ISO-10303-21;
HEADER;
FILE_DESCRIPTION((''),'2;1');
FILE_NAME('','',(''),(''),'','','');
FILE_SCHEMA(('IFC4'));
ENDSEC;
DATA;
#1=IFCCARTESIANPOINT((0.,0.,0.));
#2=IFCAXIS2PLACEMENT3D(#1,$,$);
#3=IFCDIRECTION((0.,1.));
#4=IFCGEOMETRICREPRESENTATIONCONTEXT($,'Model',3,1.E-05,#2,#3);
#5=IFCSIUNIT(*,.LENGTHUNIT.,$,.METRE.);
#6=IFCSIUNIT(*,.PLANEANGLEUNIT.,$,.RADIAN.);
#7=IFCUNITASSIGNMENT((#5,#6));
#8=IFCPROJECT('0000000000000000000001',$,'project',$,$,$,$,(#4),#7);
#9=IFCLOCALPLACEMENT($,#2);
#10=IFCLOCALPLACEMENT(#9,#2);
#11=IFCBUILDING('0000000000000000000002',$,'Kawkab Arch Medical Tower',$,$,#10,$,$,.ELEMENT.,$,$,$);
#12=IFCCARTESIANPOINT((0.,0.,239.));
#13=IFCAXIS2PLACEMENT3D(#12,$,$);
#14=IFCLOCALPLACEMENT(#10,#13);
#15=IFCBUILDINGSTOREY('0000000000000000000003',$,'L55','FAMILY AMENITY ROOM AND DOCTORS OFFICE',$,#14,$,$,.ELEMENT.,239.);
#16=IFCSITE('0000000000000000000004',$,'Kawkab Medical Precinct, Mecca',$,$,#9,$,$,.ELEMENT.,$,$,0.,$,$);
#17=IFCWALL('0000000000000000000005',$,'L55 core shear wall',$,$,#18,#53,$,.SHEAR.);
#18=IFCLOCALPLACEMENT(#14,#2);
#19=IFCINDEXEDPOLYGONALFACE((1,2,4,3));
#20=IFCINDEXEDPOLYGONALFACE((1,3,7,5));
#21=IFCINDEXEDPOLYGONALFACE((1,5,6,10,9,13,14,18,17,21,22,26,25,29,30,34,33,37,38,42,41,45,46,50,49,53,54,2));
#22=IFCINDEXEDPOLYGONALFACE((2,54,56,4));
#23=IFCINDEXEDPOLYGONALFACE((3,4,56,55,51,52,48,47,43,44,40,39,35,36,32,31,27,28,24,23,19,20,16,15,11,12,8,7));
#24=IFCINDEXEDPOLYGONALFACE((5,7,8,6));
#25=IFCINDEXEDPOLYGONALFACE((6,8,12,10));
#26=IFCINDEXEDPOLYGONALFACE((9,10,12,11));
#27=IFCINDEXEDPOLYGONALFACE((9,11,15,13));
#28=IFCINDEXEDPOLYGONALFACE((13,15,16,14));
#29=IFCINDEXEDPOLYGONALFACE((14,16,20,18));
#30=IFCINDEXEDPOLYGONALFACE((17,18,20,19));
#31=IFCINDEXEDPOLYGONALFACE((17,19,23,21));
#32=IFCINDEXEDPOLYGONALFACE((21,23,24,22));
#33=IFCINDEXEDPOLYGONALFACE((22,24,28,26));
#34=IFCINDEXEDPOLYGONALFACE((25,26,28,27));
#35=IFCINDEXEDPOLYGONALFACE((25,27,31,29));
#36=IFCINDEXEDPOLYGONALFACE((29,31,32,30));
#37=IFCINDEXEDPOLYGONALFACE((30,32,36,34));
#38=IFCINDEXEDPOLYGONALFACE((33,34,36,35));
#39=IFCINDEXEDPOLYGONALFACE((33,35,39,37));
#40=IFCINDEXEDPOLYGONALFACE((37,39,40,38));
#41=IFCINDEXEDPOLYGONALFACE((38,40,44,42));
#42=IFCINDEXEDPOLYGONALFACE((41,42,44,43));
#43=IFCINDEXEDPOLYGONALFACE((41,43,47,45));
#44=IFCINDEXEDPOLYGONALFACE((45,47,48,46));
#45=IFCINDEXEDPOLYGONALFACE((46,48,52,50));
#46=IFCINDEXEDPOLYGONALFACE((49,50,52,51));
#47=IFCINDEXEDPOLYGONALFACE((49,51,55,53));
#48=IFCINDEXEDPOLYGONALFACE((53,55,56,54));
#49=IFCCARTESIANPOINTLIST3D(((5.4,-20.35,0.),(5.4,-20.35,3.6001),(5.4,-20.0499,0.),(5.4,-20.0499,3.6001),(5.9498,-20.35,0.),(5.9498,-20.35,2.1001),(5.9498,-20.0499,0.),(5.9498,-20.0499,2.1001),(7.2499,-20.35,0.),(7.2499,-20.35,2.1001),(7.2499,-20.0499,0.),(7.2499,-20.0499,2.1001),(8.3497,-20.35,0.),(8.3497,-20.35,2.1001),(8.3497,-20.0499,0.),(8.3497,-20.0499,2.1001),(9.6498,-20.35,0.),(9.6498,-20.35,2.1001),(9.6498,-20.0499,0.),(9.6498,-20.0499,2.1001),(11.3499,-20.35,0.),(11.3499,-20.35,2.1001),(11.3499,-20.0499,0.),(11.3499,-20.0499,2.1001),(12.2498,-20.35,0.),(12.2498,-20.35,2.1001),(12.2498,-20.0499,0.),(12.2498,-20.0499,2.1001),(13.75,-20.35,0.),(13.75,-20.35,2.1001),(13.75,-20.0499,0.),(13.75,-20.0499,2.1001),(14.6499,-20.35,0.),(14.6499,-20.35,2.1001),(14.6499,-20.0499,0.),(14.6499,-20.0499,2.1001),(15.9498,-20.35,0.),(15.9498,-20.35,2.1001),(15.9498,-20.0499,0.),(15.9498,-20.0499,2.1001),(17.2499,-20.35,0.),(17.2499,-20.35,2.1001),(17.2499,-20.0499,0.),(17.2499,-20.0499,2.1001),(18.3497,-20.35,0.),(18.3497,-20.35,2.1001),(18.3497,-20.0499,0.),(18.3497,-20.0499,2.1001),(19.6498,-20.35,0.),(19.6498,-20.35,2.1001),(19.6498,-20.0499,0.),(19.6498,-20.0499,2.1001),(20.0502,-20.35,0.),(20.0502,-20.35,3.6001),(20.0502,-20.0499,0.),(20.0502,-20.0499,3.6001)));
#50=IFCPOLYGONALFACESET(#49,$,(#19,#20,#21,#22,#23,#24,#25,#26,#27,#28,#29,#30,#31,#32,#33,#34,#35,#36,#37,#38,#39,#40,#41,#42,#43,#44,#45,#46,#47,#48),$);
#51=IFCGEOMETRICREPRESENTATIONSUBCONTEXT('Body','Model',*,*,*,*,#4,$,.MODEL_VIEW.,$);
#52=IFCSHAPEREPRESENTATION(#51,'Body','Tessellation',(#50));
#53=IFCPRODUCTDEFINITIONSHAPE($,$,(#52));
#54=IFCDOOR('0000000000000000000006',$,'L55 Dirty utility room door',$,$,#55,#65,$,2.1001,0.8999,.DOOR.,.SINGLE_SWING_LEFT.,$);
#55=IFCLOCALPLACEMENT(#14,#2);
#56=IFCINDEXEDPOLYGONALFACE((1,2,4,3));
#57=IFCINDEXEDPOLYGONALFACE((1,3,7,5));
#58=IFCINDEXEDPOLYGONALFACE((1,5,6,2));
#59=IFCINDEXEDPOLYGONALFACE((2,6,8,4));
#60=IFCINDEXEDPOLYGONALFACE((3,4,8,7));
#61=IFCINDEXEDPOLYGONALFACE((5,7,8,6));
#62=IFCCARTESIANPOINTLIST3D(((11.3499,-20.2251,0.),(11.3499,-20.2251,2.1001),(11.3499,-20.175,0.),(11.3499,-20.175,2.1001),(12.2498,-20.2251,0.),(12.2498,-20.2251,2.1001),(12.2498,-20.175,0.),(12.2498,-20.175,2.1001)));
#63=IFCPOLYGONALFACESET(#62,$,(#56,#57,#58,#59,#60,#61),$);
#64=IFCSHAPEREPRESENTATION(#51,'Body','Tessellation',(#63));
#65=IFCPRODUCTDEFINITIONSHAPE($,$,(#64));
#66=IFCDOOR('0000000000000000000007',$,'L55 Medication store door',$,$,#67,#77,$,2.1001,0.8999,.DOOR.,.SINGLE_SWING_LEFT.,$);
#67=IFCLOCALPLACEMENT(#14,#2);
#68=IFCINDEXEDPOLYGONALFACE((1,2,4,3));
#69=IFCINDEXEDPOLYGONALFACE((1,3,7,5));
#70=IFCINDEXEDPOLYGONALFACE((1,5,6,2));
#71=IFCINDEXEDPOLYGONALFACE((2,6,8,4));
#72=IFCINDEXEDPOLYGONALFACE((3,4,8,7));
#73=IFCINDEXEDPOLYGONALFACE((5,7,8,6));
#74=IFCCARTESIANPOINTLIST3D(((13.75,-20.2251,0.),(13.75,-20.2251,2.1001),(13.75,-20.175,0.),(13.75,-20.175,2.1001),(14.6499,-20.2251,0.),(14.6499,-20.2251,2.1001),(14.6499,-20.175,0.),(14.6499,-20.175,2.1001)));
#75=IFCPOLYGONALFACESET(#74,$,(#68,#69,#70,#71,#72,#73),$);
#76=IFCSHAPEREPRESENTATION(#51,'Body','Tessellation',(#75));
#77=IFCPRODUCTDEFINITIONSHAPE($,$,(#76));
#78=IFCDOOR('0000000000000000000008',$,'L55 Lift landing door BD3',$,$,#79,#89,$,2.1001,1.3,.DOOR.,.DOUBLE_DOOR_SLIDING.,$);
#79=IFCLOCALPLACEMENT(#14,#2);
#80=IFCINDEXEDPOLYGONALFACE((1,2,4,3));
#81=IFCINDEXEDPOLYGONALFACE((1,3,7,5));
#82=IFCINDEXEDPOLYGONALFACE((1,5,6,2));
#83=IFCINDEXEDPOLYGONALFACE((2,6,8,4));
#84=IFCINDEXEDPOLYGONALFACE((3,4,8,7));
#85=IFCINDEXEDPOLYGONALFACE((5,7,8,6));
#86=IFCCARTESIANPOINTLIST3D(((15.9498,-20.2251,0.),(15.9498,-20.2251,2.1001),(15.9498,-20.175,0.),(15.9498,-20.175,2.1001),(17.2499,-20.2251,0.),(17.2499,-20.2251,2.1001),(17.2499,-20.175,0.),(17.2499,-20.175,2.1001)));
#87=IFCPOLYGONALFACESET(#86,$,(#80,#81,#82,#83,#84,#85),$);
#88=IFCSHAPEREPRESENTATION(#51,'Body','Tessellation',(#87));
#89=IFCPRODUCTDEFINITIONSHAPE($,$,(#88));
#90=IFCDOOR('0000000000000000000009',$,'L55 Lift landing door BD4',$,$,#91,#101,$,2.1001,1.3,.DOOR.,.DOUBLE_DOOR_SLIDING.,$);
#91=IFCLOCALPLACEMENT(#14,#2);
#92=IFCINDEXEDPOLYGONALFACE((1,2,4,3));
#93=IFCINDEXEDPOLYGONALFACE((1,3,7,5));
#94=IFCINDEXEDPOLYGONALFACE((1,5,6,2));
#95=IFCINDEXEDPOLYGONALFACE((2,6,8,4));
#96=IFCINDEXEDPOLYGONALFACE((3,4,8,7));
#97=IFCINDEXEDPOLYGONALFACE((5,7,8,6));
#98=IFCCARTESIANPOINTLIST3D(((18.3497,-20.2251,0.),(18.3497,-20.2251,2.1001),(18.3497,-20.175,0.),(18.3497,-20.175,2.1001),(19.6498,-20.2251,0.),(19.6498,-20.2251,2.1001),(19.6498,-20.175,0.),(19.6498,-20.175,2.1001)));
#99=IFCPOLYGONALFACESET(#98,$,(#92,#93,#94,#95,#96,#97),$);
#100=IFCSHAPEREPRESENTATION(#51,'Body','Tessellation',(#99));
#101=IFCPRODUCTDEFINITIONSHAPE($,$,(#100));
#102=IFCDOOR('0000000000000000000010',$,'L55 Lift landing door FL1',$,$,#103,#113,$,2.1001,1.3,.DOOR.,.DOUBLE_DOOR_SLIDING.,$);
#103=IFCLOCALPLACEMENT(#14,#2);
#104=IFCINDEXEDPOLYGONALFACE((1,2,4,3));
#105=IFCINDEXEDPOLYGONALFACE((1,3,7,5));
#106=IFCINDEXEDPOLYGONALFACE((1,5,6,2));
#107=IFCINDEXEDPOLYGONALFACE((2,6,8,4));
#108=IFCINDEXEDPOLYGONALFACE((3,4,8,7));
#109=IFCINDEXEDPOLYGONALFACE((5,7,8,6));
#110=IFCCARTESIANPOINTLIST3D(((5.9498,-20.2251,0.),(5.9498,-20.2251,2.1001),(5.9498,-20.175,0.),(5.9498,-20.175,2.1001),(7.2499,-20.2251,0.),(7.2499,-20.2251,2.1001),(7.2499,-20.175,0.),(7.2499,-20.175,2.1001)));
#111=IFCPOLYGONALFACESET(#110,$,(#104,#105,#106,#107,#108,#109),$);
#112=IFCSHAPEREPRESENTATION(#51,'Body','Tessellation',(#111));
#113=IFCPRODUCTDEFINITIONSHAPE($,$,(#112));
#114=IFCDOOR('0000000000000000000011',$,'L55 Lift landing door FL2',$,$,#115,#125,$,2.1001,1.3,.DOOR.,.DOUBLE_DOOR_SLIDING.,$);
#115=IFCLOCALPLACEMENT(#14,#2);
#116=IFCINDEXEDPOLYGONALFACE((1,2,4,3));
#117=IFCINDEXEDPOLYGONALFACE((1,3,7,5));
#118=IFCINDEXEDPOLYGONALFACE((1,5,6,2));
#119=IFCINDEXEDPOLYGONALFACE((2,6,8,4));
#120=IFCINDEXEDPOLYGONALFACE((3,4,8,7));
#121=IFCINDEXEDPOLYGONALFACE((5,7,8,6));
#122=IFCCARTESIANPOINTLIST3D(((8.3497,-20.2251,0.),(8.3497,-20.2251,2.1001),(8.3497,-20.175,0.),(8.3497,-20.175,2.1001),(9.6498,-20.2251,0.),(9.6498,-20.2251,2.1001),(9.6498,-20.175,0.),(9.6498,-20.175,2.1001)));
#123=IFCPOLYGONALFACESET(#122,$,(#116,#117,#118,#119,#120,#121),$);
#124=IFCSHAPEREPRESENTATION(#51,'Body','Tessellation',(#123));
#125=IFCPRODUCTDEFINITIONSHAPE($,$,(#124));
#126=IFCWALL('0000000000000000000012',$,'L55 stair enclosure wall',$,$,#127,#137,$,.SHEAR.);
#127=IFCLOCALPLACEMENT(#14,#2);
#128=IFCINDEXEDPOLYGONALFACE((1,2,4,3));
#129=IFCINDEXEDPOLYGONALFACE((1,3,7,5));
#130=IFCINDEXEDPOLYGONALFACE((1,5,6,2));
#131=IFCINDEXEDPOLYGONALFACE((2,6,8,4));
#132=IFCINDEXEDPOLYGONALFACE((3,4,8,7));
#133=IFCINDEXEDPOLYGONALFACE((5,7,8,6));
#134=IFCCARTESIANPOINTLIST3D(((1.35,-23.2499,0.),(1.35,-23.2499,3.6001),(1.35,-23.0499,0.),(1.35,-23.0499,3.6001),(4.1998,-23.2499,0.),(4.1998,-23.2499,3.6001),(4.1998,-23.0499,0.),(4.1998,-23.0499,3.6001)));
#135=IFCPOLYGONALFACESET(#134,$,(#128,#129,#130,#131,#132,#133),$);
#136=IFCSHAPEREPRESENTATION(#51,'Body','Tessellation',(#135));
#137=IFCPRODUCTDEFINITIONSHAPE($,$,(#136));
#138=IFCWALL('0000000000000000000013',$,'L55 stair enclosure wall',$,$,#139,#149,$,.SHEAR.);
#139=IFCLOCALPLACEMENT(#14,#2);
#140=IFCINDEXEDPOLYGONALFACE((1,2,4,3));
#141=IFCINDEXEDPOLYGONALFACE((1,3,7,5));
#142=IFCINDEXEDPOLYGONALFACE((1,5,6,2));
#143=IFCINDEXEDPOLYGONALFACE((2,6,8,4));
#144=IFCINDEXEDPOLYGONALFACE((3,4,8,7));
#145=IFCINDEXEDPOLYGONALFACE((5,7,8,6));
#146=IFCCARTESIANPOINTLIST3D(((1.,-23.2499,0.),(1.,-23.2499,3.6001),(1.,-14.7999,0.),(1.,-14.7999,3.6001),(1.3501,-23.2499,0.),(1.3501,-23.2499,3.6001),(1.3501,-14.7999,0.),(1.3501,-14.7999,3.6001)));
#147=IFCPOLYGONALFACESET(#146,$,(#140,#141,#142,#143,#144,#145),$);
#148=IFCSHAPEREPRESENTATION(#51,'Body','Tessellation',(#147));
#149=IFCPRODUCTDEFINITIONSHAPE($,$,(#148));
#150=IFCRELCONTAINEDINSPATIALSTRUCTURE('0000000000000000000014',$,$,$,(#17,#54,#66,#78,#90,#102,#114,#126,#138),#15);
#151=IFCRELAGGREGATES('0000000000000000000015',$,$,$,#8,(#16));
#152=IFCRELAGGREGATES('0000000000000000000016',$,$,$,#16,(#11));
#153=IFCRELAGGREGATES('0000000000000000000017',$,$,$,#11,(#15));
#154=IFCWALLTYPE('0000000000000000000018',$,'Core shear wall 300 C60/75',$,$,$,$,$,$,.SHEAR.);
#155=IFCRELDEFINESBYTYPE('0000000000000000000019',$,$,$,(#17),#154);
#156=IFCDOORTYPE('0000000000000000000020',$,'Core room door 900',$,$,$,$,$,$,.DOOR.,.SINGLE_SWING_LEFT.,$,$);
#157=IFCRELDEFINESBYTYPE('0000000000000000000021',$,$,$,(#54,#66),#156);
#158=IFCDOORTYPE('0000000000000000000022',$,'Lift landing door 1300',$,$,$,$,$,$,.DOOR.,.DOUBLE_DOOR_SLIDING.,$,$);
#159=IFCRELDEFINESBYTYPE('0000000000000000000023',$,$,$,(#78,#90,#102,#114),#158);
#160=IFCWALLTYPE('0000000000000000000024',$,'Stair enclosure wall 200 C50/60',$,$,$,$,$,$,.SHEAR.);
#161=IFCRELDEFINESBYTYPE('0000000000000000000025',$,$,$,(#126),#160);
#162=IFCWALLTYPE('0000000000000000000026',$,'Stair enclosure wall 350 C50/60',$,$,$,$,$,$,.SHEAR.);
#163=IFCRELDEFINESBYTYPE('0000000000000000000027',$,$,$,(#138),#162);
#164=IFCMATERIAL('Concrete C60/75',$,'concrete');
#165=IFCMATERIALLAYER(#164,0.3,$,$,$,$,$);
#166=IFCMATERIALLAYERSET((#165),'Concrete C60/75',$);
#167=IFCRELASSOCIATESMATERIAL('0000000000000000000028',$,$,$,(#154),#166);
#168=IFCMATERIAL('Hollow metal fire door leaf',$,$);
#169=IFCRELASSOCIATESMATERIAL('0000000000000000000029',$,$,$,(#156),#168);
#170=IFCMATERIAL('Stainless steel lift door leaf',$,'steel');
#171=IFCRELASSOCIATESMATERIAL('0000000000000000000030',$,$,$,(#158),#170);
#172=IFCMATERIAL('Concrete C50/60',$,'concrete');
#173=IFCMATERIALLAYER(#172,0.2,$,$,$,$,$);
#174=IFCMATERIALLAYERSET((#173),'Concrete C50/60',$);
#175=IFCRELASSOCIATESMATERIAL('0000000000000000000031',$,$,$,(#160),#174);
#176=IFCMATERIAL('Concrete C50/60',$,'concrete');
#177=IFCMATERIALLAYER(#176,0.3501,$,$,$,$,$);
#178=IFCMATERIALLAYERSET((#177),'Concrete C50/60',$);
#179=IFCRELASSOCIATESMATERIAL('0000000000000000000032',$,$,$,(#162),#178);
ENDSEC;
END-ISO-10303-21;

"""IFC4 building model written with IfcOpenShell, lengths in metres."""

from ifc_helpers import new_model, si_unit, direction, frame, frame_2d, origin, place, context, subcontext, project, spatial, rectangle, extrude, material, layer, layer_set, type_object, element, fill, save


model = new_model("IFC4")

# Units and contexts
model_context = context("Model", 3, precision=1e-05, world=origin(), true_north=direction((0.0, 1.0)))
body_context = subcontext(model_context, "Body", "Model", "MODEL_VIEW")
ifc_project = project(units=[si_unit("LENGTHUNIT", "METRE"), si_unit("PLANEANGLEUNIT", "RADIAN")], contexts=[model_context])

# Site, building, storey
site_placement = place(None, origin())
site = spatial("IfcSite", under=ifc_project, at=site_placement, Name="Kawkab Medical Precinct, Mecca", CompositionType="ELEMENT", RefElevation=0.0)
building_placement = place(site_placement, origin())
building = spatial("IfcBuilding", under=site, at=building_placement, Name="Kawkab Arch Medical Tower", CompositionType="ELEMENT")
storey_placement = place(building_placement, frame((0.0, 0.0, 239.0)))
storey = spatial("IfcBuildingStorey", under=building, at=storey_placement, Name="L55", Description="FAMILY AMENITY ROOM AND DOCTORS OFFICE", CompositionType="ELEMENT", Elevation=239.0)

# Wall, openings, doors
ifc_material_1 = material(Name="Concrete C60/75", Category="concrete")
ifc_layer_1 = layer(ifc_material_1, 0.3)
ifc_layer_set_1 = layer_set([ifc_layer_1], Name="Concrete C60/75")
wall_type_1 = type_object("IfcWallType", Name="Core shear wall 300 C60/75", PredefinedType="SHEAR", material=ifc_layer_set_1)
wall_1_placement = place(storey_placement, frame((5.3999, -20.2, 0.0), z_axis=(0.0, 0.0, 1.0), x_axis=(1.0, 0.0, 0.0)))
wall_1 = element("IfcWall", 1, at=wall_1_placement, inside=storey, type_object=wall_type_1, Name="L55 core shear wall", PredefinedType="SHEAR", context=body_context, shape_type="SweptSolid", body=[
    extrude(rectangle(XDim=14.6501, YDim=0.3, at=frame_2d((7.3252, 0.0))), origin(), (0.0, 0.0, 1.0), 3.6001),
])
opening_1_placement = place(wall_1_placement, frame((10.55, 0.0, 0.0)))
opening_1 = element("IfcOpeningElement", 2, at=opening_1_placement, cuts=wall_1, PredefinedType="OPENING", context=body_context, shape_type="SweptSolid", body=[
    extrude(rectangle(XDim=1.3, YDim=2.1001, at=frame_2d((0.6499, 1.05))), frame((0.0, 0.1599, 0.0), z_axis=(0.0, -1.0, 0.0), x_axis=(1.0, 0.0, 0.0)), (0.0, 0.0, 1.0), 0.3201),
])
opening_2_placement = place(wall_1_placement, frame((12.95, 0.0, 0.0)))
opening_2 = element("IfcOpeningElement", 3, at=opening_2_placement, cuts=wall_1, PredefinedType="OPENING", context=body_context, shape_type="SweptSolid", body=[
    extrude(rectangle(XDim=1.3, YDim=2.1001, at=frame_2d((0.6499, 1.05))), frame((0.0, 0.1599, 0.0), z_axis=(0.0, -1.0, 0.0), x_axis=(1.0, 0.0, 0.0)), (0.0, 0.0, 1.0), 0.3201),
])
opening_3_placement = place(wall_1_placement, frame((0.55, 0.0, 0.0)))
opening_3 = element("IfcOpeningElement", 4, at=opening_3_placement, cuts=wall_1, PredefinedType="OPENING", context=body_context, shape_type="SweptSolid", body=[
    extrude(rectangle(XDim=1.3, YDim=2.1001, at=frame_2d((0.6499, 1.05))), frame((0.0, 0.1599, 0.0), z_axis=(0.0, -1.0, 0.0), x_axis=(1.0, 0.0, 0.0)), (0.0, 0.0, 1.0), 0.3201),
])
opening_4_placement = place(wall_1_placement, frame((2.95, 0.0, 0.0)))
opening_4 = element("IfcOpeningElement", 5, at=opening_4_placement, cuts=wall_1, PredefinedType="OPENING", context=body_context, shape_type="SweptSolid", body=[
    extrude(rectangle(XDim=1.3, YDim=2.1001, at=frame_2d((0.6499, 1.05))), frame((0.0, 0.1599, 0.0), z_axis=(0.0, -1.0, 0.0), x_axis=(1.0, 0.0, 0.0)), (0.0, 0.0, 1.0), 0.3201),
])
opening_5_placement = place(wall_1_placement, frame((5.95, 0.0, 0.0)))
opening_5 = element("IfcOpeningElement", 6, at=opening_5_placement, cuts=wall_1, PredefinedType="OPENING", context=body_context, shape_type="SweptSolid", body=[
    extrude(rectangle(XDim=0.8999, YDim=2.1001, at=frame_2d((0.45, 1.05))), frame((0.0, 0.1599, 0.0), z_axis=(0.0, -1.0, 0.0), x_axis=(1.0, 0.0, 0.0)), (0.0, 0.0, 1.0), 0.3201),
])
opening_6_placement = place(wall_1_placement, frame((8.3501, 0.0, 0.0)))
opening_6 = element("IfcOpeningElement", 7, at=opening_6_placement, cuts=wall_1, PredefinedType="OPENING", context=body_context, shape_type="SweptSolid", body=[
    extrude(rectangle(XDim=0.8999, YDim=2.1001, at=frame_2d((0.45, 1.05))), frame((0.0, 0.1599, 0.0), z_axis=(0.0, -1.0, 0.0), x_axis=(1.0, 0.0, 0.0)), (0.0, 0.0, 1.0), 0.3201),
])
ifc_material_2 = material(Name="Hollow metal fire door leaf")
door_type_1 = type_object("IfcDoorType", Name="Core room door 900", OperationType="SINGLE_SWING_LEFT", PredefinedType="DOOR", material=ifc_material_2)
door_1_placement = place(opening_5_placement, origin())
door_1 = element("IfcDoor", 8, at=door_1_placement, inside=storey, type_object=door_type_1, Name="L55 Dirty utility room door", OperationType="SINGLE_SWING_LEFT", OverallHeight=2.1001, OverallWidth=0.8999, PredefinedType="DOOR", context=body_context, shape_type="SweptSolid", body=[
    extrude(rectangle(XDim=0.8999, YDim=2.1001, at=frame_2d((0.45, 1.05))), frame((0.0, 0.0249, 0.0), z_axis=(0.0, -1.0, 0.0), x_axis=(1.0, 0.0, 0.0)), (0.0, 0.0, 1.0), 0.05),
])
fill(opening_5, door_1)
door_2_placement = place(opening_6_placement, origin())
door_2 = element("IfcDoor", 9, at=door_2_placement, inside=storey, type_object=door_type_1, Name="L55 Medication store door", OperationType="SINGLE_SWING_LEFT", OverallHeight=2.1001, OverallWidth=0.8999, PredefinedType="DOOR", context=body_context, shape_type="SweptSolid", body=[
    extrude(rectangle(XDim=0.8999, YDim=2.1001, at=frame_2d((0.45, 1.05))), frame((0.0, 0.0249, 0.0), z_axis=(0.0, -1.0, 0.0), x_axis=(1.0, 0.0, 0.0)), (0.0, 0.0, 1.0), 0.05),
])
fill(opening_6, door_2)
ifc_material_3 = material(Name="Stainless steel lift door leaf", Category="steel")
door_type_2 = type_object("IfcDoorType", Name="Lift landing door 1300", OperationType="DOUBLE_DOOR_SLIDING", PredefinedType="DOOR", material=ifc_material_3)
door_3_placement = place(opening_1_placement, origin())
door_3 = element("IfcDoor", 10, at=door_3_placement, inside=storey, type_object=door_type_2, Name="L55 Lift landing door BD3", OperationType="DOUBLE_DOOR_SLIDING", OverallHeight=2.1001, OverallWidth=1.3, PredefinedType="DOOR", context=body_context, shape_type="SweptSolid", body=[
    extrude(rectangle(XDim=1.3, YDim=2.1001, at=frame_2d((0.6499, 1.05))), frame((0.0, 0.0249, 0.0), z_axis=(0.0, -1.0, 0.0), x_axis=(1.0, 0.0, 0.0)), (0.0, 0.0, 1.0), 0.05),
])
fill(opening_1, door_3)
door_4_placement = place(opening_2_placement, origin())
door_4 = element("IfcDoor", 11, at=door_4_placement, inside=storey, type_object=door_type_2, Name="L55 Lift landing door BD4", OperationType="DOUBLE_DOOR_SLIDING", OverallHeight=2.1001, OverallWidth=1.3, PredefinedType="DOOR", context=body_context, shape_type="SweptSolid", body=[
    extrude(rectangle(XDim=1.3, YDim=2.1001, at=frame_2d((0.6499, 1.05))), frame((0.0, 0.0249, 0.0), z_axis=(0.0, -1.0, 0.0), x_axis=(1.0, 0.0, 0.0)), (0.0, 0.0, 1.0), 0.05),
])
fill(opening_2, door_4)
door_5_placement = place(opening_3_placement, origin())
door_5 = element("IfcDoor", 12, at=door_5_placement, inside=storey, type_object=door_type_2, Name="L55 Lift landing door FL1", OperationType="DOUBLE_DOOR_SLIDING", OverallHeight=2.1001, OverallWidth=1.3, PredefinedType="DOOR", context=body_context, shape_type="SweptSolid", body=[
    extrude(rectangle(XDim=1.3, YDim=2.1001, at=frame_2d((0.6499, 1.05))), frame((0.0, 0.0249, 0.0), z_axis=(0.0, -1.0, 0.0), x_axis=(1.0, 0.0, 0.0)), (0.0, 0.0, 1.0), 0.05),
])
fill(opening_3, door_5)
door_6_placement = place(opening_4_placement, origin())
door_6 = element("IfcDoor", 13, at=door_6_placement, inside=storey, type_object=door_type_2, Name="L55 Lift landing door FL2", OperationType="DOUBLE_DOOR_SLIDING", OverallHeight=2.1001, OverallWidth=1.3, PredefinedType="DOOR", context=body_context, shape_type="SweptSolid", body=[
    extrude(rectangle(XDim=1.3, YDim=2.1001, at=frame_2d((0.6499, 1.05))), frame((0.0, 0.0249, 0.0), z_axis=(0.0, -1.0, 0.0), x_axis=(1.0, 0.0, 0.0)), (0.0, 0.0, 1.0), 0.05),
])
fill(opening_4, door_6)

# Walls
ifc_material_4 = material(Name="Concrete C50/60", Category="concrete")
ifc_layer_2 = layer(ifc_material_4, 0.2)
ifc_layer_set_2 = layer_set([ifc_layer_2], Name="Concrete C50/60")
wall_type_2 = type_object("IfcWallType", Name="Stair enclosure wall 200 C50/60", PredefinedType="SHEAR", material=ifc_layer_set_2)
wall_2_placement = place(storey_placement, frame((1.3501, -23.1499, 0.0), z_axis=(0.0, 0.0, 1.0), x_axis=(1.0, 0.0, 0.0)))
element("IfcWall", 14, at=wall_2_placement, inside=storey, type_object=wall_type_2, Name="L55 stair enclosure wall", PredefinedType="SHEAR", context=body_context, shape_type="SweptSolid", body=[
    extrude(rectangle(XDim=2.8499, YDim=0.2, at=frame_2d((1.4248, 0.0))), origin(), (0.0, 0.0, 1.0), 3.6001),
])
ifc_material_5 = material(Name="Concrete C50/60", Category="concrete")
ifc_layer_3 = layer(ifc_material_5, 0.3501)
ifc_layer_set_3 = layer_set([ifc_layer_3], Name="Concrete C50/60")
wall_type_3 = type_object("IfcWallType", Name="Stair enclosure wall 350 C50/60", PredefinedType="SHEAR", material=ifc_layer_set_3)
wall_3_placement = place(storey_placement, frame((1.175, -23.25, 0.0), z_axis=(0.0, 0.0, 1.0), x_axis=(0.0, 1.0, 0.0)))
element("IfcWall", 15, at=wall_3_placement, inside=storey, type_object=wall_type_3, Name="L55 stair enclosure wall", PredefinedType="SHEAR", context=body_context, shape_type="SweptSolid", body=[
    extrude(rectangle(XDim=8.45, YDim=0.3501, at=frame_2d((4.2251, 0.0))), origin(), (0.0, 0.0, 1.0), 3.6001),
])

save(model, "model.ifc")
